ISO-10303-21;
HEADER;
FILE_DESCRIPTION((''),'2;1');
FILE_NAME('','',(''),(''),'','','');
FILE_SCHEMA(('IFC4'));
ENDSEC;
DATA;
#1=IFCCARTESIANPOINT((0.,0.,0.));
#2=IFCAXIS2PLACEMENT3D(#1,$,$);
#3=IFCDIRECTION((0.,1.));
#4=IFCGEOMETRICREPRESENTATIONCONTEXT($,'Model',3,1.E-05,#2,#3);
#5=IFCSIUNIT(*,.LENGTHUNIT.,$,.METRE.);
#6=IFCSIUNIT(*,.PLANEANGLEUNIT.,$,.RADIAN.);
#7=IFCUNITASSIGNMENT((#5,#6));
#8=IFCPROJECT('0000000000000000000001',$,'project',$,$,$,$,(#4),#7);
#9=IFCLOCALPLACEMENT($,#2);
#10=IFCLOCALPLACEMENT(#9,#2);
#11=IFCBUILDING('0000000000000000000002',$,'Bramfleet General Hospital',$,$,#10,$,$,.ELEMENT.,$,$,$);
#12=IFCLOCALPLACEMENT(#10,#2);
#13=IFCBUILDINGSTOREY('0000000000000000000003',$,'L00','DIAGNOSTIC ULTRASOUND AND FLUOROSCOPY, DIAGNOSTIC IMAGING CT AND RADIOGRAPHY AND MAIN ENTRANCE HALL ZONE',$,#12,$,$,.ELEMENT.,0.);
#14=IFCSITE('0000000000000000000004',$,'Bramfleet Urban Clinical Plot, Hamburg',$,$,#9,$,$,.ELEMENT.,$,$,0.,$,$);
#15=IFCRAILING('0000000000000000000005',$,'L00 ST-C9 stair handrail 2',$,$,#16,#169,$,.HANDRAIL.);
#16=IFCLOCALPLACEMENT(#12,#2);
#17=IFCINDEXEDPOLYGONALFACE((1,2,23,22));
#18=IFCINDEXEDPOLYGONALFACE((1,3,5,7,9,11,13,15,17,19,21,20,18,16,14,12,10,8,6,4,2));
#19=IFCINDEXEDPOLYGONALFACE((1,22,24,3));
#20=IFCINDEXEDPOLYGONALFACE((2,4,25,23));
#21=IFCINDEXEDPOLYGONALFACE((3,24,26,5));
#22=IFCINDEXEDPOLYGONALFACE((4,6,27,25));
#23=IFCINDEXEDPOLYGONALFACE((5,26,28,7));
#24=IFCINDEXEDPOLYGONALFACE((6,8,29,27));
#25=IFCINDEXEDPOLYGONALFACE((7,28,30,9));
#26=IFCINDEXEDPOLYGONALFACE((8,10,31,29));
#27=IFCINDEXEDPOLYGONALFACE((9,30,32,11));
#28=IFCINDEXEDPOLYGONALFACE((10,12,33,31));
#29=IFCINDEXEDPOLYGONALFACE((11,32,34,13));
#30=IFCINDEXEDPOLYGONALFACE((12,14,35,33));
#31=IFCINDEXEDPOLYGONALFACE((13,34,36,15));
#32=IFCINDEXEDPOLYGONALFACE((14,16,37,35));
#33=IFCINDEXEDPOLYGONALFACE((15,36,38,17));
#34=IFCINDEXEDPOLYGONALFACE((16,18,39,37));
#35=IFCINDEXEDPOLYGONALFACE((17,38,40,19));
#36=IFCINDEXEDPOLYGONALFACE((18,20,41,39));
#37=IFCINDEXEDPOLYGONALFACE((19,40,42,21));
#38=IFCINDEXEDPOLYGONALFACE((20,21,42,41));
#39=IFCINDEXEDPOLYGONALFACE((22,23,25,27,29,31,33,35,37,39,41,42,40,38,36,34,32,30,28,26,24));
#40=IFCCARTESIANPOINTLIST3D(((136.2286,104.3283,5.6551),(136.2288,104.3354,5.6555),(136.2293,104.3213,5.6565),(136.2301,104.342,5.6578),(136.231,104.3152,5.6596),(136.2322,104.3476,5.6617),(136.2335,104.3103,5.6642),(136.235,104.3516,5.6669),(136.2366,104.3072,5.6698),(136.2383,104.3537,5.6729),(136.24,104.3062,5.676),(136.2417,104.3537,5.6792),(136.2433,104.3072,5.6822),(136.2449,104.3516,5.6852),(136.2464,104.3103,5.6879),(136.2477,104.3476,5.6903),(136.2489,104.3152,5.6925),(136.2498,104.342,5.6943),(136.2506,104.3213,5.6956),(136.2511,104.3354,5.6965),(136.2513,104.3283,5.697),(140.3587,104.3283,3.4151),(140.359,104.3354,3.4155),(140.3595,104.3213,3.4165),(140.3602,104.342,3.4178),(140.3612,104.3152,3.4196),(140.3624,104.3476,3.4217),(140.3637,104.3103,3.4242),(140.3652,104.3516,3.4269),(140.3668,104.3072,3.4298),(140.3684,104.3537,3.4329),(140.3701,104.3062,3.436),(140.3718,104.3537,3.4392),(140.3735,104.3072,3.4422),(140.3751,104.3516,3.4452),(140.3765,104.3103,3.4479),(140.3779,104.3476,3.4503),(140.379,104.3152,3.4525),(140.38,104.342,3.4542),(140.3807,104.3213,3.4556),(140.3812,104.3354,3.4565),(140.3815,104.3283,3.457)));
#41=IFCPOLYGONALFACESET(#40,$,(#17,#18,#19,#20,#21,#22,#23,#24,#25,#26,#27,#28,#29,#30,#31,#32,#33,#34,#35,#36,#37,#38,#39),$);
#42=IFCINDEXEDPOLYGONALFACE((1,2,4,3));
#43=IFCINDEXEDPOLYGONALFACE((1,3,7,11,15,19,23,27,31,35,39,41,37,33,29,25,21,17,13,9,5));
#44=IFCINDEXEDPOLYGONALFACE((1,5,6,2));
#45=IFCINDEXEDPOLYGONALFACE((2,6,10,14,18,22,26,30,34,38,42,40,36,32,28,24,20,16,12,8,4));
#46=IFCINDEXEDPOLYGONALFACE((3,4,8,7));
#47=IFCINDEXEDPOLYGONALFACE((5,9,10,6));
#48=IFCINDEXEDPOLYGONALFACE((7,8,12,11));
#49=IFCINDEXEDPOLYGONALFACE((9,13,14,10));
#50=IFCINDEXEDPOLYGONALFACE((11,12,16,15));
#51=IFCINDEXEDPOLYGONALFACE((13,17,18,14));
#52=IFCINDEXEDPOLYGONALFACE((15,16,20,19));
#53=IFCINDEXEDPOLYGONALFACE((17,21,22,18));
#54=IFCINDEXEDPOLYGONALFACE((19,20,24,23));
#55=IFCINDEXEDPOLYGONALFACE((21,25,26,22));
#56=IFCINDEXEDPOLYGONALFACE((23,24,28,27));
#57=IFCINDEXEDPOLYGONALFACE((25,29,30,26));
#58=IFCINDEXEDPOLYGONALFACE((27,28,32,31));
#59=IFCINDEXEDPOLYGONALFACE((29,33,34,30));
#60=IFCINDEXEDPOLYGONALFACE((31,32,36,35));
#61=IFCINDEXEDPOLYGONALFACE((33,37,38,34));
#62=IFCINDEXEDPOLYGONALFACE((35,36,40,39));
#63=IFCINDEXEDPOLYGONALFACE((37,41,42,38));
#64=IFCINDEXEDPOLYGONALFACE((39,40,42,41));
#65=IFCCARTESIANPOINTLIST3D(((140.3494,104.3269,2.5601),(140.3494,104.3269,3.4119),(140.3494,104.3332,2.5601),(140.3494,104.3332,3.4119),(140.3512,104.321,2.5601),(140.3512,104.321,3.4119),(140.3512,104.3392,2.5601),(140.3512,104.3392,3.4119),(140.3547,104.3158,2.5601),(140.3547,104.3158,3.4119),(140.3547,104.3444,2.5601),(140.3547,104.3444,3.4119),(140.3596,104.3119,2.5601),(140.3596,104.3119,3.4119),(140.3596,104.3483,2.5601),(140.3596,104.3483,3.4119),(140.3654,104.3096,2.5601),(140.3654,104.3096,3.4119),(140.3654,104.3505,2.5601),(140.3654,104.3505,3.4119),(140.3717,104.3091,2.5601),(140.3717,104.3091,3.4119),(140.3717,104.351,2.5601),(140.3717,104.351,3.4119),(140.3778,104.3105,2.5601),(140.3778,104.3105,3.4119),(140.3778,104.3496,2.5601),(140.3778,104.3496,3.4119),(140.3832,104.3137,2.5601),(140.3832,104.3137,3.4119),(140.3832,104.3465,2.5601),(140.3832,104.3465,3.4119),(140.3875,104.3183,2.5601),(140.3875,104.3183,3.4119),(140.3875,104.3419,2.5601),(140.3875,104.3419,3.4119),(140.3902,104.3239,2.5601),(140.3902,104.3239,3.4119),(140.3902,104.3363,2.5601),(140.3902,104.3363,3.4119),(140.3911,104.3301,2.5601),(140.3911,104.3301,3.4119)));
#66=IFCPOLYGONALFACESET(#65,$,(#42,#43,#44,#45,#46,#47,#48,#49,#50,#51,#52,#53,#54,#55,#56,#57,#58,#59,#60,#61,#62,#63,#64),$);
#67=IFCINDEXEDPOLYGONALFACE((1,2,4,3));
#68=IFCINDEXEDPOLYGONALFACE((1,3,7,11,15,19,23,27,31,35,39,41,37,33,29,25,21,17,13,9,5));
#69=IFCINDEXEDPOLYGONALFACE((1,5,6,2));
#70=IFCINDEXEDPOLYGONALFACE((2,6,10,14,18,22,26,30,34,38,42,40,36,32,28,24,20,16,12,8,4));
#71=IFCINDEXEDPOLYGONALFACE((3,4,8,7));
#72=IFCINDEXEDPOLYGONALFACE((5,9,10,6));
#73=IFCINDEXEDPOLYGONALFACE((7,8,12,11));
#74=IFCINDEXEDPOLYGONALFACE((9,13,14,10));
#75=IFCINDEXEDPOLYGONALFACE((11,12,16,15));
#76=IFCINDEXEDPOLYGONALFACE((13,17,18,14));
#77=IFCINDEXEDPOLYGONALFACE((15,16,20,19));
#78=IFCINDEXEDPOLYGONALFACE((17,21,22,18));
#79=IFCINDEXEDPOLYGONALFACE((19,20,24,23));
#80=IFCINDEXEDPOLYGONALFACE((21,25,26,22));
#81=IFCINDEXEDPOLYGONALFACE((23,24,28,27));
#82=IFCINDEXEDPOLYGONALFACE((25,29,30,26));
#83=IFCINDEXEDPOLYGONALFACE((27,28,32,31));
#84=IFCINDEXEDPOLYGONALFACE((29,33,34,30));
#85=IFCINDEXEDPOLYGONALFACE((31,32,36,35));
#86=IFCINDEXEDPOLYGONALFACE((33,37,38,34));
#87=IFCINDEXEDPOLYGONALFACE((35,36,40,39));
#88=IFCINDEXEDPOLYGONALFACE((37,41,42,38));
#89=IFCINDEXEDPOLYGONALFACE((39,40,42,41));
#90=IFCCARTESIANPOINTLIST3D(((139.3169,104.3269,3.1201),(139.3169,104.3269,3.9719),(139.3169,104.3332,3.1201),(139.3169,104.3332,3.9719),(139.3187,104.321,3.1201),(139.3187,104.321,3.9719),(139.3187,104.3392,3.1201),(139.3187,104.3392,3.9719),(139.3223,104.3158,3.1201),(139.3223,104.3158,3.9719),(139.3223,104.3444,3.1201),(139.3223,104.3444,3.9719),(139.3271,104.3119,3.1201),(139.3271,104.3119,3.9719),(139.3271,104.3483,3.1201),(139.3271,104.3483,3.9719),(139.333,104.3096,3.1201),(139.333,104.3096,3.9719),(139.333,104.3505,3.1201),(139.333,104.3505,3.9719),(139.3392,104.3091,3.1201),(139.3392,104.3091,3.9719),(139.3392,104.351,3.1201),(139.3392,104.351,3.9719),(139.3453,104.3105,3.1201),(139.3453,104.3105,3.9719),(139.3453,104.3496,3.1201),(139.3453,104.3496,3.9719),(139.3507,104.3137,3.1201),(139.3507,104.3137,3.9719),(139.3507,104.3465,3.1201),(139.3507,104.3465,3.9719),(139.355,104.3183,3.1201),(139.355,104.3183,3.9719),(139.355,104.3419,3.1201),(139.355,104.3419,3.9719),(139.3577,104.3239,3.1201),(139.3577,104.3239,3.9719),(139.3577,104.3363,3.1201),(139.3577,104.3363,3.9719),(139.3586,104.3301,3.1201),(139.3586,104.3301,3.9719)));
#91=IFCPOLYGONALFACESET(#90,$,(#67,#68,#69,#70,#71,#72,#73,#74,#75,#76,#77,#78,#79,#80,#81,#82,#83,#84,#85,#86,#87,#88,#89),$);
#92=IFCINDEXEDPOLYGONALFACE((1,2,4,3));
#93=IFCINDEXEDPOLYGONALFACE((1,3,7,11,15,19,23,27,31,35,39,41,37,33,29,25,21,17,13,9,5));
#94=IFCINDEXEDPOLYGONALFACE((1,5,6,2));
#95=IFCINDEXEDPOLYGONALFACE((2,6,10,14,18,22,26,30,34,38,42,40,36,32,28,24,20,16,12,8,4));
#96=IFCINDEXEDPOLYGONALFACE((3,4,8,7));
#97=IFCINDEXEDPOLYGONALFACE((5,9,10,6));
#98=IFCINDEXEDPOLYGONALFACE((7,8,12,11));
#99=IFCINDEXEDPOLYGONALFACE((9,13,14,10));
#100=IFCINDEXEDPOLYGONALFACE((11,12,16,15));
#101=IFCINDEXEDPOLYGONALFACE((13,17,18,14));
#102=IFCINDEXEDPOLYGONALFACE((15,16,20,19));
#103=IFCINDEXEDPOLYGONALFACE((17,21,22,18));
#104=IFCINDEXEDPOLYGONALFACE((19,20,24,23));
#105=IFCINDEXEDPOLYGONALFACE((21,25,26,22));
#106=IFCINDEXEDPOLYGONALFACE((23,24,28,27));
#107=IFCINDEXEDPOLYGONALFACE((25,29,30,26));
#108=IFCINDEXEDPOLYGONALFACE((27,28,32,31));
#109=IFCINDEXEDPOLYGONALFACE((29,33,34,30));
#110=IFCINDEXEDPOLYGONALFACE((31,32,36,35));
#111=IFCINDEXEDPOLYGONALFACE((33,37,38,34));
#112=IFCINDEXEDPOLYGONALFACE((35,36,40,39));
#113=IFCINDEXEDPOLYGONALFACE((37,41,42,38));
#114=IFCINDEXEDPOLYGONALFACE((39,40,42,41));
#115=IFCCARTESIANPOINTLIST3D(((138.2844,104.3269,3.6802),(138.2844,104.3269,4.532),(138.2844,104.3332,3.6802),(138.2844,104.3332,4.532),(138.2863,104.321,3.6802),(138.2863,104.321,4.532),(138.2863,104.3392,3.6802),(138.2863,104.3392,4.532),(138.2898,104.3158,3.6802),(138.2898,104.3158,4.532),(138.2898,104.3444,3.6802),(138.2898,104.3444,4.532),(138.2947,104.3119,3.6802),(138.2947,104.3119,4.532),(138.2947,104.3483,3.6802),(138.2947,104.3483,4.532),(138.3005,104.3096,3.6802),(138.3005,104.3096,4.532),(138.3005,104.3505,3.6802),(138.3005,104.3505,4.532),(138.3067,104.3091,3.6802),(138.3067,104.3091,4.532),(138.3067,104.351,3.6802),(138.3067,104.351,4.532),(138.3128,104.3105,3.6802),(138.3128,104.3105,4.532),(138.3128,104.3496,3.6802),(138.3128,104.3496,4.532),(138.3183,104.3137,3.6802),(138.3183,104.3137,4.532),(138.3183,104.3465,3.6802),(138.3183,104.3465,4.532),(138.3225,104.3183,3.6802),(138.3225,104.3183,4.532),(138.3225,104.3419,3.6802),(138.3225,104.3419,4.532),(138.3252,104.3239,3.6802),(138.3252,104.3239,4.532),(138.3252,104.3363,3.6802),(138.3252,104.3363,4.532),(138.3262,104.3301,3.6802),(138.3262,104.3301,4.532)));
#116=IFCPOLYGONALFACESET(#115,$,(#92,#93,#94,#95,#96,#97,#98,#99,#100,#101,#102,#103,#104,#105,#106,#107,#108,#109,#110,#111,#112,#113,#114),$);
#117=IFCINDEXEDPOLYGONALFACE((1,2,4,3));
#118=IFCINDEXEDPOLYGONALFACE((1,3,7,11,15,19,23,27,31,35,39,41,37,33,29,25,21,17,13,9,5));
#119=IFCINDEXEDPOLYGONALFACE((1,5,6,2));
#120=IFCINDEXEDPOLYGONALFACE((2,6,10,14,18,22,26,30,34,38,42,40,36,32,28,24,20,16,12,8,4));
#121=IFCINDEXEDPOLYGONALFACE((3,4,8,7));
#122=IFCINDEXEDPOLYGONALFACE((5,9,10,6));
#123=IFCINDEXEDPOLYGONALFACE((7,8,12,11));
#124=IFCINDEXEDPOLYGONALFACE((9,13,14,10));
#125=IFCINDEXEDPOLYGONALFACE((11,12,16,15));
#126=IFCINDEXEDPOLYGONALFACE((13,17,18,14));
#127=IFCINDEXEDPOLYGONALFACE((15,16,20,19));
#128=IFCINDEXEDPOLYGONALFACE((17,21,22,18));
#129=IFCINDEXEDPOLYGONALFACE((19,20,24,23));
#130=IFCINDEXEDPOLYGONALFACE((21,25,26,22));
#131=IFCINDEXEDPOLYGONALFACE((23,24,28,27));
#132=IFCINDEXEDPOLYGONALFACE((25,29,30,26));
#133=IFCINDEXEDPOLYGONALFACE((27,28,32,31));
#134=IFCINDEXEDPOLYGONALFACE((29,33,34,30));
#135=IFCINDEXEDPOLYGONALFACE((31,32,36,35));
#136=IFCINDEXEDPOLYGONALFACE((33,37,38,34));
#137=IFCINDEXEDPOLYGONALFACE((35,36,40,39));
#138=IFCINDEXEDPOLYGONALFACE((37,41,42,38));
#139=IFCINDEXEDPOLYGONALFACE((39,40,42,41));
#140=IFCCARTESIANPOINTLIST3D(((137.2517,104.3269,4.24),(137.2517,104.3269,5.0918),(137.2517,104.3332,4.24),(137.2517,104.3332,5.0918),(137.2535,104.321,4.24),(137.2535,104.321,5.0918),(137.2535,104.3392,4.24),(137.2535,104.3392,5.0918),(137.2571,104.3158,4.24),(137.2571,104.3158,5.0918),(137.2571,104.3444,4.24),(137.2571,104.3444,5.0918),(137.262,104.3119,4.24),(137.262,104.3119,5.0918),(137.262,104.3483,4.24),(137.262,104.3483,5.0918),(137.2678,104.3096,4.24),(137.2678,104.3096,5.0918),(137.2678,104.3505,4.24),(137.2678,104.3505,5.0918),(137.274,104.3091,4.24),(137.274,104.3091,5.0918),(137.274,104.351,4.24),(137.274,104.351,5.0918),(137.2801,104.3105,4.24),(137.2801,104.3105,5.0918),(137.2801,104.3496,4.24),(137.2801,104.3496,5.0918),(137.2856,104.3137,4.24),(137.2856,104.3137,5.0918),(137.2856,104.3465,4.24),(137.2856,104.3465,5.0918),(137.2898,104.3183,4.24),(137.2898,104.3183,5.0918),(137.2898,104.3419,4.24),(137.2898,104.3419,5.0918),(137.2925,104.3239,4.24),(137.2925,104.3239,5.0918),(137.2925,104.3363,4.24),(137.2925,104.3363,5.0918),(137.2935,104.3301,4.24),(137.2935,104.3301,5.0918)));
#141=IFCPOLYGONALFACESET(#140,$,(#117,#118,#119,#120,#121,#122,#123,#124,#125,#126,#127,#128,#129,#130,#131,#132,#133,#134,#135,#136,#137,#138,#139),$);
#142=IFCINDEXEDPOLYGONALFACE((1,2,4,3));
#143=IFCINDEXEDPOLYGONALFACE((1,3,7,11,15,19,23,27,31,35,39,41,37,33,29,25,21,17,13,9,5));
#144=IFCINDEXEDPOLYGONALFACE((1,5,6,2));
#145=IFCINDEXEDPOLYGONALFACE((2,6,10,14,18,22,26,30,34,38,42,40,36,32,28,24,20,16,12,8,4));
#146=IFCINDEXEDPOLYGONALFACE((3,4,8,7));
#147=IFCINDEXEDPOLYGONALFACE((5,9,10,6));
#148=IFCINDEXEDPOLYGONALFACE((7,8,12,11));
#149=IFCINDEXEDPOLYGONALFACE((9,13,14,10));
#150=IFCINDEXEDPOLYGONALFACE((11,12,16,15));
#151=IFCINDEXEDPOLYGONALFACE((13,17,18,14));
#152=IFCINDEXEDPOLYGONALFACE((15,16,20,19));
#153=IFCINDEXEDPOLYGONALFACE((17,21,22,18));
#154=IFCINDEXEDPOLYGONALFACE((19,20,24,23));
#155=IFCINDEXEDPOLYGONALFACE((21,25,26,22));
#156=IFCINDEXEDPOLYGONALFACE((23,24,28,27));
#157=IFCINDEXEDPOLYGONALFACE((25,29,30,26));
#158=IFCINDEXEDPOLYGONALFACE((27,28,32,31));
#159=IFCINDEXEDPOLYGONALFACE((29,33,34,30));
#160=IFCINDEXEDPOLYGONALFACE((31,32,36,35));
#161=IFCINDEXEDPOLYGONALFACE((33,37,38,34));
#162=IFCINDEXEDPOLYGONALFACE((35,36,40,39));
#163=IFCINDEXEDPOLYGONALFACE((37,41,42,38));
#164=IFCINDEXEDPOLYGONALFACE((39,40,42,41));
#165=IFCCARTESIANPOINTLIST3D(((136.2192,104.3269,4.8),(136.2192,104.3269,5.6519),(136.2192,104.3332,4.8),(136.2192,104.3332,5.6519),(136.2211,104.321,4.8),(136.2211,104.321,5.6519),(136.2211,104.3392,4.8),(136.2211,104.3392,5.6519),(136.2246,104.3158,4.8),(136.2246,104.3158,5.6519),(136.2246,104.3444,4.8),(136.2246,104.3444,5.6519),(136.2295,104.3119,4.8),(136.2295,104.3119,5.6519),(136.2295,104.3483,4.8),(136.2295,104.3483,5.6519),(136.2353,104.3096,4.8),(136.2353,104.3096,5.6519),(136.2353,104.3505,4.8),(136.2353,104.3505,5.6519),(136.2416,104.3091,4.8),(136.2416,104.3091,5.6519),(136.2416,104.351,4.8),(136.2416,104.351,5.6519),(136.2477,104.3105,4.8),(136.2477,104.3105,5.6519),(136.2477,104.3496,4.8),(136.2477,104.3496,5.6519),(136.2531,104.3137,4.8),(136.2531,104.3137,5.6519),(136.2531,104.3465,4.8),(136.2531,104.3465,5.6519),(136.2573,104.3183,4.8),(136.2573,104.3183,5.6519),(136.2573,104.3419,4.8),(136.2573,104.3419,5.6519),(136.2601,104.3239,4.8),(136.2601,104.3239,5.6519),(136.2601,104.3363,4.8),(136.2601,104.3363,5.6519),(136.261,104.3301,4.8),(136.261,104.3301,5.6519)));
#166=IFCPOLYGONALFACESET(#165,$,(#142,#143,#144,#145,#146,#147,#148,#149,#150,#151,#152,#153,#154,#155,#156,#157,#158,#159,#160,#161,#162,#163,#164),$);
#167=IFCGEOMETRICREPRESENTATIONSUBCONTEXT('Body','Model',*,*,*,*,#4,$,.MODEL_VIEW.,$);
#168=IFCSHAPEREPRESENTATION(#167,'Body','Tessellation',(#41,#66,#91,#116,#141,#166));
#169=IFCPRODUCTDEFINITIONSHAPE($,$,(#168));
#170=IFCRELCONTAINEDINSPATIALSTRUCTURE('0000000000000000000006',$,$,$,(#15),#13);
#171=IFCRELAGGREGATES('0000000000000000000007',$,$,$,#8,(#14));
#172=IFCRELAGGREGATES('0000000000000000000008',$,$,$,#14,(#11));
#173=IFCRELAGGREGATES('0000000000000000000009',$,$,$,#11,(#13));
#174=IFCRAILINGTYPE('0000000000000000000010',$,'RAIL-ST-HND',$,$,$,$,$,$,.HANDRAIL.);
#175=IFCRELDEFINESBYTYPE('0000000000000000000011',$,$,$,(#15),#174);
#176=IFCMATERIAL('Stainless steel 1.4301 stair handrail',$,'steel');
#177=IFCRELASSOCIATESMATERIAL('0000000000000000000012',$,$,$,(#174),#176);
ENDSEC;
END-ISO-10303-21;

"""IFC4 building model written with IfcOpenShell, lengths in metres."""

from ifc_helpers import new_model, si_unit, direction, frame, origin, origin_2d, place, context, subcontext, project, spatial, circle, extrude, material, type_object, element, save


model = new_model("IFC4")

# Units and contexts
model_context = context("Model", 3, precision=1e-05, world=origin(), true_north=direction((0.0, 1.0)))
body_context = subcontext(model_context, "Body", "Model", "MODEL_VIEW")
ifc_project = project(units=[si_unit("LENGTHUNIT", "METRE"), si_unit("PLANEANGLEUNIT", "RADIAN")], contexts=[model_context])

# Site, building, storey
site_placement = place(None, origin())
site = spatial("IfcSite", under=ifc_project, at=site_placement, Name="Bramfleet Urban Clinical Plot, Hamburg", CompositionType="ELEMENT", RefElevation=0.0)
building_placement = place(site_placement, origin())
building = spatial("IfcBuilding", under=site, at=building_placement, Name="Bramfleet General Hospital", CompositionType="ELEMENT")
storey_placement = place(building_placement, origin())
storey = spatial("IfcBuildingStorey", under=building, at=storey_placement, Name="L00", Description="DIAGNOSTIC ULTRASOUND AND FLUOROSCOPY, DIAGNOSTIC IMAGING CT AND RADIOGRAPHY AND MAIN ENTRANCE HALL ZONE", CompositionType="ELEMENT", Elevation=0.0)

# Railing
ifc_material_1 = material(Name="Stainless steel 1.4301 stair handrail", Category="steel")
railing_type_1 = type_object("IfcRailingType", Name="RAIL-ST-HND", PredefinedType="HANDRAIL", material=ifc_material_1)
railing_1_placement = place(storey_placement, frame((140.3701, 104.3301, 2.5601)))
element("IfcRailing", 1, at=railing_1_placement, inside=storey, type_object=railing_type_1, Name="L00 ST-C9 stair handrail 2", PredefinedType="HANDRAIL", context=body_context, shape_type="SweptSolid", body=[
    extrude(circle(Radius=0.0239, at=origin_2d()), frame((0.0, 0.0, 0.876), z_axis=(-0.879039, 0.0, 0.47675), x_axis=(0.0, -1.0, 0.0)), (0.0, 0.0, 1.0), 4.6985),
    extrude(circle(Radius=0.021, at=origin_2d()), origin(), (0.0, 0.0, 1.0), 0.8518),
    extrude(circle(Radius=0.021, at=origin_2d()), frame((-1.0325, 0.0, 0.5601)), (0.0, 0.0, 1.0), 0.8518),
    extrude(circle(Radius=0.021, at=origin_2d()), frame((-2.0649, 0.0, 1.1201)), (0.0, 0.0, 1.0), 0.8518),
    extrude(circle(Radius=0.021, at=origin_2d()), frame((-3.0977, 0.0, 1.6799)), (0.0, 0.0, 1.0), 0.8518),
    extrude(circle(Radius=0.021, at=origin_2d()), frame((-4.1301, 0.0, 2.24)), (0.0, 0.0, 1.0), 0.8518),
])

save(model, "model.ifc")
